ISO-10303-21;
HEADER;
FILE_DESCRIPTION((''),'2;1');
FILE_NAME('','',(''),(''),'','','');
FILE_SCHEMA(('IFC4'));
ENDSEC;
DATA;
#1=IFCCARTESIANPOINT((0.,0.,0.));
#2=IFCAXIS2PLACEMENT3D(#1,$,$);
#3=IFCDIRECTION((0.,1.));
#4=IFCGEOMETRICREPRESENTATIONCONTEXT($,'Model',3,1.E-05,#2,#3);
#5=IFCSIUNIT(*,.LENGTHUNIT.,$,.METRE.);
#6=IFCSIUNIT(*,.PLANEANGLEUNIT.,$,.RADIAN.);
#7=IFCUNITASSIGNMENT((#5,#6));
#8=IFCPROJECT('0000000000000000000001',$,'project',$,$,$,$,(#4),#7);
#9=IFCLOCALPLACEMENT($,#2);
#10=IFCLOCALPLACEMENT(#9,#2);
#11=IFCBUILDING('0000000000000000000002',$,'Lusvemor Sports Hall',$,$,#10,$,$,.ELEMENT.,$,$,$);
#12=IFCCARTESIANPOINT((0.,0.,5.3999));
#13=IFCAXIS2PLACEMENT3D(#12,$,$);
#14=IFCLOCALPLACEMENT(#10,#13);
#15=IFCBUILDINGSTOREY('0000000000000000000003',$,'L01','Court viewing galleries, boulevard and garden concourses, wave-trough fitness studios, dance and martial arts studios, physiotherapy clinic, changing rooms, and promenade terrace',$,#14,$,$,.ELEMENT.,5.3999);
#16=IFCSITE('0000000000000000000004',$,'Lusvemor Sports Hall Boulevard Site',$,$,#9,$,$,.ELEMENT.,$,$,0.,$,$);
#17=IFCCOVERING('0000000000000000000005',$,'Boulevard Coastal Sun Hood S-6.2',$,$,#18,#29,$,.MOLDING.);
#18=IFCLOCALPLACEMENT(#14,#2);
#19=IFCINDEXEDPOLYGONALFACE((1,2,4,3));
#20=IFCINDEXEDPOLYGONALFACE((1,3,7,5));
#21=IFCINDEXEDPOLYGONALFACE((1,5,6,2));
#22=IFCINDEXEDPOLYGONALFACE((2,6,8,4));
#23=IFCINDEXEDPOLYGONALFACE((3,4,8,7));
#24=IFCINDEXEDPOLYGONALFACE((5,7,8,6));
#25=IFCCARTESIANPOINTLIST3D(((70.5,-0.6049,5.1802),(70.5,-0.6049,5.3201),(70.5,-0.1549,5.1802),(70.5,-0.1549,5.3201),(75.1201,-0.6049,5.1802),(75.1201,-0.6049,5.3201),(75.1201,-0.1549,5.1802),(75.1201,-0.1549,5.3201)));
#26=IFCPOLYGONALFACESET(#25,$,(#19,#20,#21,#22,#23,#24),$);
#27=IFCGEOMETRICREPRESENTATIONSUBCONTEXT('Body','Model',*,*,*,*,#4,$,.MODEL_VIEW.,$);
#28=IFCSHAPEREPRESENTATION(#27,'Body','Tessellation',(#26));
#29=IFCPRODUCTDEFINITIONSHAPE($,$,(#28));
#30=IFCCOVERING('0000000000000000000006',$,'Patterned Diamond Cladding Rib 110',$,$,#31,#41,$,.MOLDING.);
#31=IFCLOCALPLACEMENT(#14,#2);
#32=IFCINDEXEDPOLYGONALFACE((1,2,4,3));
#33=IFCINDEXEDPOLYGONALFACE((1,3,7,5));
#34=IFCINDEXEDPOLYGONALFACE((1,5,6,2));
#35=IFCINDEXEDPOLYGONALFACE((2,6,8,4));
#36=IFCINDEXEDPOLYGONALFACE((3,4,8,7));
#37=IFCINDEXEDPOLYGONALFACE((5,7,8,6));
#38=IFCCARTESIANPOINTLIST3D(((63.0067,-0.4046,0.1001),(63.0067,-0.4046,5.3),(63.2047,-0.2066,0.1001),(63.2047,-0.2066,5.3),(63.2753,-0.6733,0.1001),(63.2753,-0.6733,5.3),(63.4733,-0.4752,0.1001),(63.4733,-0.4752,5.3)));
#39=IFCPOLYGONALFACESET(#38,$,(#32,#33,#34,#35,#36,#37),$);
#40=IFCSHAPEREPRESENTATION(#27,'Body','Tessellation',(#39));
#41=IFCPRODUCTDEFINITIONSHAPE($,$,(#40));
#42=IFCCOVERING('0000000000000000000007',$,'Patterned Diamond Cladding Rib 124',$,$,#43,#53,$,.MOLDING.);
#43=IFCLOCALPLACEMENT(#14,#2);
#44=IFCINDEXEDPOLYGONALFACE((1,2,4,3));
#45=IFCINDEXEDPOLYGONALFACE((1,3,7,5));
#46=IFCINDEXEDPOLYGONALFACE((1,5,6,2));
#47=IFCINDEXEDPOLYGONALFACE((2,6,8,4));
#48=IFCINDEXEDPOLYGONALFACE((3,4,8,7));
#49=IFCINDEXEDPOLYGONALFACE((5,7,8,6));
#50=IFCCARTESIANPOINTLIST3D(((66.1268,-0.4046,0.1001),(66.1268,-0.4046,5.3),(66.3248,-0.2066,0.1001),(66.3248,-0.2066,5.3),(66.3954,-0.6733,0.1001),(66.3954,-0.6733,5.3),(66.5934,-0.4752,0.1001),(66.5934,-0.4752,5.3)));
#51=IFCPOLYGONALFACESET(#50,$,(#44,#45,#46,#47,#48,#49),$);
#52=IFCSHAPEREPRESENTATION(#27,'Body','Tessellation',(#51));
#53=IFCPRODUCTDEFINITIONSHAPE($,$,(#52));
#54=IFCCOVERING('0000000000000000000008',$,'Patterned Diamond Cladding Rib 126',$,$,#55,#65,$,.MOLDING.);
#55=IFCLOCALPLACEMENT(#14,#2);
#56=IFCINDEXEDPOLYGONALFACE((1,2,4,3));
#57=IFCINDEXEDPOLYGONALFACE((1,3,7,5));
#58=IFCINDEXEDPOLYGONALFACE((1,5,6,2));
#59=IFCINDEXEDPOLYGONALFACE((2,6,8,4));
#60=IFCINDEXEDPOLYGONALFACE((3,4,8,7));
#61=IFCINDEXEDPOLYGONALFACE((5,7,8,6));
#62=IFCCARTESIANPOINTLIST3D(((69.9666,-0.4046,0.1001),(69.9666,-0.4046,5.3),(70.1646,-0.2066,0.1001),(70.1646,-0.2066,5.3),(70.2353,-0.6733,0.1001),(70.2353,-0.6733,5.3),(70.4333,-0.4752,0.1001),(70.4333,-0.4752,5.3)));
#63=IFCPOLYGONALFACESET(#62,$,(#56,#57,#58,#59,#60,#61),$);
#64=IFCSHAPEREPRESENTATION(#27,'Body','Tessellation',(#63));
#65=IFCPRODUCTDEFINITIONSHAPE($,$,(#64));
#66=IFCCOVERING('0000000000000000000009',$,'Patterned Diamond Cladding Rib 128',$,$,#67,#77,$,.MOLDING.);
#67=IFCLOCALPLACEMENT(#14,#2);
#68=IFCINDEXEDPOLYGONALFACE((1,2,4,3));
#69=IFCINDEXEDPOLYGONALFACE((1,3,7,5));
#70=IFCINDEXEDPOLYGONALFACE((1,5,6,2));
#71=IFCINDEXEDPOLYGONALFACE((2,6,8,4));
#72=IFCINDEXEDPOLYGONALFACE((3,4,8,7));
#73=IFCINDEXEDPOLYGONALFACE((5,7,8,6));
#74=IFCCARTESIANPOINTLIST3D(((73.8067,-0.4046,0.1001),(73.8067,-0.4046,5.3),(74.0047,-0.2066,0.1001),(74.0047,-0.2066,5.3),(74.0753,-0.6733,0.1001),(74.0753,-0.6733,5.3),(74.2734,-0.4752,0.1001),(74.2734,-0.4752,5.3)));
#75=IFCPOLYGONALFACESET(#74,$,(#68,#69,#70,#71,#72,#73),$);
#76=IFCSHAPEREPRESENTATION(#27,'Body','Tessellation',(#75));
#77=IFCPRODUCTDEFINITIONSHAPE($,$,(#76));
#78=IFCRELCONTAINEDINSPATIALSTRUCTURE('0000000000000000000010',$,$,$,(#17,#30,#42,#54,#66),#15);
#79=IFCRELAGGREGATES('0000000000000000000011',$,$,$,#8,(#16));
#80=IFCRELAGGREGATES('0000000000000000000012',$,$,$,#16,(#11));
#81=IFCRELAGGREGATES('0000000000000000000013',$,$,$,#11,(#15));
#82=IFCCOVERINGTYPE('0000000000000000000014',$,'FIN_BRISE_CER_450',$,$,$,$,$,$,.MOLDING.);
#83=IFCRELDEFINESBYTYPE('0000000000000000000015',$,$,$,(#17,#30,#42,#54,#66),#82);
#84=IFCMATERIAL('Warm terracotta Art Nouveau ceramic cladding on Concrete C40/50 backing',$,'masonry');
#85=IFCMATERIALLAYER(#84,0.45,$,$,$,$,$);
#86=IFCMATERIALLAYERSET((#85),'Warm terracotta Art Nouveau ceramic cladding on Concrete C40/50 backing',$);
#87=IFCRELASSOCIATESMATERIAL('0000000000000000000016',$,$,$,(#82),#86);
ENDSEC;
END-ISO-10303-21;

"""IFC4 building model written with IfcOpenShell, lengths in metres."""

from ifc_helpers import new_model, si_unit, direction, frame, origin, origin_2d, place, context, subcontext, project, spatial, rectangle, extrude, material, layer, layer_set, type_object, element, save


model = new_model("IFC4")

# Units and contexts
model_context = context("Model", 3, precision=1e-05, world=origin(), true_north=direction((0.0, 1.0)))
body_context = subcontext(model_context, "Body", "Model", "MODEL_VIEW")
ifc_project = project(units=[si_unit("LENGTHUNIT", "METRE"), si_unit("PLANEANGLEUNIT", "RADIAN")], contexts=[model_context])

# Site, building, storey
site_placement = place(None, origin())
site = spatial("IfcSite", under=ifc_project, at=site_placement, Name="Lusvemor Sports Hall Boulevard Site", CompositionType="ELEMENT", RefElevation=0.0)
building_placement = place(site_placement, origin())
building = spatial("IfcBuilding", under=site, at=building_placement, Name="Lusvemor Sports Hall", CompositionType="ELEMENT")
storey_placement = place(building_placement, frame((0.0, 0.0, 5.3999)))
storey = spatial("IfcBuildingStorey", under=building, at=storey_placement, Name="L01", Description="Court viewing galleries, boulevard and garden concourses, wave-trough fitness studios, dance and martial arts studios, physiotherapy clinic, changing rooms, and promenade terrace", CompositionType="ELEMENT", Elevation=5.3999)

# Coverings
ifc_material_1 = material(Name="Warm terracotta Art Nouveau ceramic cladding on Concrete C40/50 backing", Category="masonry")
ifc_layer_1 = layer(ifc_material_1, 0.45)
ifc_layer_set_1 = layer_set([ifc_layer_1], Name="Warm terracotta Art Nouveau ceramic cladding on Concrete C40/50 backing")
covering_type_1 = type_object("IfcCoveringType", Name="FIN_BRISE_CER_450", PredefinedType="MOLDING", material=ifc_layer_set_1)
for number, where, z_axis, x_axis, name in (
    (1, (72.8101, -0.3799, 5.1802), (0.0, 0.0, 1.0), (1.0, 0.0, 0.0), "Boulevard Coastal Sun Hood S-6.2"),
):
    element("IfcCovering", number, at=place(storey_placement, frame(where, z_axis=z_axis, x_axis=x_axis)), inside=storey, type_object=covering_type_1, Name=name, PredefinedType="MOLDING", context=body_context, shape_type="SweptSolid", body=[
        extrude(rectangle(XDim=4.6201, YDim=0.45, at=origin_2d()), origin(), (0.0, 0.0, 1.0), 0.1399),
    ])
for number, where, z_axis, x_axis, name in (
    (2, (63.24, -0.4399, 0.1001), (0.0, 0.0, 1.0), (0.707107, 0.707107, 0.0), "Patterned Diamond Cladding Rib 110"),
    (3, (66.3601, -0.4399, 0.1001), (0.0, 0.0, 1.0), (0.707107, 0.707107, 0.0), "Patterned Diamond Cladding Rib 124"),
    (4, (70.2, -0.4399, 0.1001), (0.0, 0.0, 1.0), (0.707107, 0.707107, 0.0), "Patterned Diamond Cladding Rib 126"),
    (5, (74.04, -0.4399, 0.1001), (0.0, 0.0, 1.0), (0.707107, 0.707107, 0.0), "Patterned Diamond Cladding Rib 128"),
):
    element("IfcCovering", number, at=place(storey_placement, frame(where, z_axis=z_axis, x_axis=x_axis)), inside=storey, type_object=covering_type_1, Name=name, PredefinedType="MOLDING", context=body_context, shape_type="SweptSolid", body=[
        extrude(rectangle(XDim=0.28, YDim=0.3799, at=origin_2d()), origin(), (0.0, 0.0, 1.0), 5.2),
    ])

save(model, "model.ifc")
